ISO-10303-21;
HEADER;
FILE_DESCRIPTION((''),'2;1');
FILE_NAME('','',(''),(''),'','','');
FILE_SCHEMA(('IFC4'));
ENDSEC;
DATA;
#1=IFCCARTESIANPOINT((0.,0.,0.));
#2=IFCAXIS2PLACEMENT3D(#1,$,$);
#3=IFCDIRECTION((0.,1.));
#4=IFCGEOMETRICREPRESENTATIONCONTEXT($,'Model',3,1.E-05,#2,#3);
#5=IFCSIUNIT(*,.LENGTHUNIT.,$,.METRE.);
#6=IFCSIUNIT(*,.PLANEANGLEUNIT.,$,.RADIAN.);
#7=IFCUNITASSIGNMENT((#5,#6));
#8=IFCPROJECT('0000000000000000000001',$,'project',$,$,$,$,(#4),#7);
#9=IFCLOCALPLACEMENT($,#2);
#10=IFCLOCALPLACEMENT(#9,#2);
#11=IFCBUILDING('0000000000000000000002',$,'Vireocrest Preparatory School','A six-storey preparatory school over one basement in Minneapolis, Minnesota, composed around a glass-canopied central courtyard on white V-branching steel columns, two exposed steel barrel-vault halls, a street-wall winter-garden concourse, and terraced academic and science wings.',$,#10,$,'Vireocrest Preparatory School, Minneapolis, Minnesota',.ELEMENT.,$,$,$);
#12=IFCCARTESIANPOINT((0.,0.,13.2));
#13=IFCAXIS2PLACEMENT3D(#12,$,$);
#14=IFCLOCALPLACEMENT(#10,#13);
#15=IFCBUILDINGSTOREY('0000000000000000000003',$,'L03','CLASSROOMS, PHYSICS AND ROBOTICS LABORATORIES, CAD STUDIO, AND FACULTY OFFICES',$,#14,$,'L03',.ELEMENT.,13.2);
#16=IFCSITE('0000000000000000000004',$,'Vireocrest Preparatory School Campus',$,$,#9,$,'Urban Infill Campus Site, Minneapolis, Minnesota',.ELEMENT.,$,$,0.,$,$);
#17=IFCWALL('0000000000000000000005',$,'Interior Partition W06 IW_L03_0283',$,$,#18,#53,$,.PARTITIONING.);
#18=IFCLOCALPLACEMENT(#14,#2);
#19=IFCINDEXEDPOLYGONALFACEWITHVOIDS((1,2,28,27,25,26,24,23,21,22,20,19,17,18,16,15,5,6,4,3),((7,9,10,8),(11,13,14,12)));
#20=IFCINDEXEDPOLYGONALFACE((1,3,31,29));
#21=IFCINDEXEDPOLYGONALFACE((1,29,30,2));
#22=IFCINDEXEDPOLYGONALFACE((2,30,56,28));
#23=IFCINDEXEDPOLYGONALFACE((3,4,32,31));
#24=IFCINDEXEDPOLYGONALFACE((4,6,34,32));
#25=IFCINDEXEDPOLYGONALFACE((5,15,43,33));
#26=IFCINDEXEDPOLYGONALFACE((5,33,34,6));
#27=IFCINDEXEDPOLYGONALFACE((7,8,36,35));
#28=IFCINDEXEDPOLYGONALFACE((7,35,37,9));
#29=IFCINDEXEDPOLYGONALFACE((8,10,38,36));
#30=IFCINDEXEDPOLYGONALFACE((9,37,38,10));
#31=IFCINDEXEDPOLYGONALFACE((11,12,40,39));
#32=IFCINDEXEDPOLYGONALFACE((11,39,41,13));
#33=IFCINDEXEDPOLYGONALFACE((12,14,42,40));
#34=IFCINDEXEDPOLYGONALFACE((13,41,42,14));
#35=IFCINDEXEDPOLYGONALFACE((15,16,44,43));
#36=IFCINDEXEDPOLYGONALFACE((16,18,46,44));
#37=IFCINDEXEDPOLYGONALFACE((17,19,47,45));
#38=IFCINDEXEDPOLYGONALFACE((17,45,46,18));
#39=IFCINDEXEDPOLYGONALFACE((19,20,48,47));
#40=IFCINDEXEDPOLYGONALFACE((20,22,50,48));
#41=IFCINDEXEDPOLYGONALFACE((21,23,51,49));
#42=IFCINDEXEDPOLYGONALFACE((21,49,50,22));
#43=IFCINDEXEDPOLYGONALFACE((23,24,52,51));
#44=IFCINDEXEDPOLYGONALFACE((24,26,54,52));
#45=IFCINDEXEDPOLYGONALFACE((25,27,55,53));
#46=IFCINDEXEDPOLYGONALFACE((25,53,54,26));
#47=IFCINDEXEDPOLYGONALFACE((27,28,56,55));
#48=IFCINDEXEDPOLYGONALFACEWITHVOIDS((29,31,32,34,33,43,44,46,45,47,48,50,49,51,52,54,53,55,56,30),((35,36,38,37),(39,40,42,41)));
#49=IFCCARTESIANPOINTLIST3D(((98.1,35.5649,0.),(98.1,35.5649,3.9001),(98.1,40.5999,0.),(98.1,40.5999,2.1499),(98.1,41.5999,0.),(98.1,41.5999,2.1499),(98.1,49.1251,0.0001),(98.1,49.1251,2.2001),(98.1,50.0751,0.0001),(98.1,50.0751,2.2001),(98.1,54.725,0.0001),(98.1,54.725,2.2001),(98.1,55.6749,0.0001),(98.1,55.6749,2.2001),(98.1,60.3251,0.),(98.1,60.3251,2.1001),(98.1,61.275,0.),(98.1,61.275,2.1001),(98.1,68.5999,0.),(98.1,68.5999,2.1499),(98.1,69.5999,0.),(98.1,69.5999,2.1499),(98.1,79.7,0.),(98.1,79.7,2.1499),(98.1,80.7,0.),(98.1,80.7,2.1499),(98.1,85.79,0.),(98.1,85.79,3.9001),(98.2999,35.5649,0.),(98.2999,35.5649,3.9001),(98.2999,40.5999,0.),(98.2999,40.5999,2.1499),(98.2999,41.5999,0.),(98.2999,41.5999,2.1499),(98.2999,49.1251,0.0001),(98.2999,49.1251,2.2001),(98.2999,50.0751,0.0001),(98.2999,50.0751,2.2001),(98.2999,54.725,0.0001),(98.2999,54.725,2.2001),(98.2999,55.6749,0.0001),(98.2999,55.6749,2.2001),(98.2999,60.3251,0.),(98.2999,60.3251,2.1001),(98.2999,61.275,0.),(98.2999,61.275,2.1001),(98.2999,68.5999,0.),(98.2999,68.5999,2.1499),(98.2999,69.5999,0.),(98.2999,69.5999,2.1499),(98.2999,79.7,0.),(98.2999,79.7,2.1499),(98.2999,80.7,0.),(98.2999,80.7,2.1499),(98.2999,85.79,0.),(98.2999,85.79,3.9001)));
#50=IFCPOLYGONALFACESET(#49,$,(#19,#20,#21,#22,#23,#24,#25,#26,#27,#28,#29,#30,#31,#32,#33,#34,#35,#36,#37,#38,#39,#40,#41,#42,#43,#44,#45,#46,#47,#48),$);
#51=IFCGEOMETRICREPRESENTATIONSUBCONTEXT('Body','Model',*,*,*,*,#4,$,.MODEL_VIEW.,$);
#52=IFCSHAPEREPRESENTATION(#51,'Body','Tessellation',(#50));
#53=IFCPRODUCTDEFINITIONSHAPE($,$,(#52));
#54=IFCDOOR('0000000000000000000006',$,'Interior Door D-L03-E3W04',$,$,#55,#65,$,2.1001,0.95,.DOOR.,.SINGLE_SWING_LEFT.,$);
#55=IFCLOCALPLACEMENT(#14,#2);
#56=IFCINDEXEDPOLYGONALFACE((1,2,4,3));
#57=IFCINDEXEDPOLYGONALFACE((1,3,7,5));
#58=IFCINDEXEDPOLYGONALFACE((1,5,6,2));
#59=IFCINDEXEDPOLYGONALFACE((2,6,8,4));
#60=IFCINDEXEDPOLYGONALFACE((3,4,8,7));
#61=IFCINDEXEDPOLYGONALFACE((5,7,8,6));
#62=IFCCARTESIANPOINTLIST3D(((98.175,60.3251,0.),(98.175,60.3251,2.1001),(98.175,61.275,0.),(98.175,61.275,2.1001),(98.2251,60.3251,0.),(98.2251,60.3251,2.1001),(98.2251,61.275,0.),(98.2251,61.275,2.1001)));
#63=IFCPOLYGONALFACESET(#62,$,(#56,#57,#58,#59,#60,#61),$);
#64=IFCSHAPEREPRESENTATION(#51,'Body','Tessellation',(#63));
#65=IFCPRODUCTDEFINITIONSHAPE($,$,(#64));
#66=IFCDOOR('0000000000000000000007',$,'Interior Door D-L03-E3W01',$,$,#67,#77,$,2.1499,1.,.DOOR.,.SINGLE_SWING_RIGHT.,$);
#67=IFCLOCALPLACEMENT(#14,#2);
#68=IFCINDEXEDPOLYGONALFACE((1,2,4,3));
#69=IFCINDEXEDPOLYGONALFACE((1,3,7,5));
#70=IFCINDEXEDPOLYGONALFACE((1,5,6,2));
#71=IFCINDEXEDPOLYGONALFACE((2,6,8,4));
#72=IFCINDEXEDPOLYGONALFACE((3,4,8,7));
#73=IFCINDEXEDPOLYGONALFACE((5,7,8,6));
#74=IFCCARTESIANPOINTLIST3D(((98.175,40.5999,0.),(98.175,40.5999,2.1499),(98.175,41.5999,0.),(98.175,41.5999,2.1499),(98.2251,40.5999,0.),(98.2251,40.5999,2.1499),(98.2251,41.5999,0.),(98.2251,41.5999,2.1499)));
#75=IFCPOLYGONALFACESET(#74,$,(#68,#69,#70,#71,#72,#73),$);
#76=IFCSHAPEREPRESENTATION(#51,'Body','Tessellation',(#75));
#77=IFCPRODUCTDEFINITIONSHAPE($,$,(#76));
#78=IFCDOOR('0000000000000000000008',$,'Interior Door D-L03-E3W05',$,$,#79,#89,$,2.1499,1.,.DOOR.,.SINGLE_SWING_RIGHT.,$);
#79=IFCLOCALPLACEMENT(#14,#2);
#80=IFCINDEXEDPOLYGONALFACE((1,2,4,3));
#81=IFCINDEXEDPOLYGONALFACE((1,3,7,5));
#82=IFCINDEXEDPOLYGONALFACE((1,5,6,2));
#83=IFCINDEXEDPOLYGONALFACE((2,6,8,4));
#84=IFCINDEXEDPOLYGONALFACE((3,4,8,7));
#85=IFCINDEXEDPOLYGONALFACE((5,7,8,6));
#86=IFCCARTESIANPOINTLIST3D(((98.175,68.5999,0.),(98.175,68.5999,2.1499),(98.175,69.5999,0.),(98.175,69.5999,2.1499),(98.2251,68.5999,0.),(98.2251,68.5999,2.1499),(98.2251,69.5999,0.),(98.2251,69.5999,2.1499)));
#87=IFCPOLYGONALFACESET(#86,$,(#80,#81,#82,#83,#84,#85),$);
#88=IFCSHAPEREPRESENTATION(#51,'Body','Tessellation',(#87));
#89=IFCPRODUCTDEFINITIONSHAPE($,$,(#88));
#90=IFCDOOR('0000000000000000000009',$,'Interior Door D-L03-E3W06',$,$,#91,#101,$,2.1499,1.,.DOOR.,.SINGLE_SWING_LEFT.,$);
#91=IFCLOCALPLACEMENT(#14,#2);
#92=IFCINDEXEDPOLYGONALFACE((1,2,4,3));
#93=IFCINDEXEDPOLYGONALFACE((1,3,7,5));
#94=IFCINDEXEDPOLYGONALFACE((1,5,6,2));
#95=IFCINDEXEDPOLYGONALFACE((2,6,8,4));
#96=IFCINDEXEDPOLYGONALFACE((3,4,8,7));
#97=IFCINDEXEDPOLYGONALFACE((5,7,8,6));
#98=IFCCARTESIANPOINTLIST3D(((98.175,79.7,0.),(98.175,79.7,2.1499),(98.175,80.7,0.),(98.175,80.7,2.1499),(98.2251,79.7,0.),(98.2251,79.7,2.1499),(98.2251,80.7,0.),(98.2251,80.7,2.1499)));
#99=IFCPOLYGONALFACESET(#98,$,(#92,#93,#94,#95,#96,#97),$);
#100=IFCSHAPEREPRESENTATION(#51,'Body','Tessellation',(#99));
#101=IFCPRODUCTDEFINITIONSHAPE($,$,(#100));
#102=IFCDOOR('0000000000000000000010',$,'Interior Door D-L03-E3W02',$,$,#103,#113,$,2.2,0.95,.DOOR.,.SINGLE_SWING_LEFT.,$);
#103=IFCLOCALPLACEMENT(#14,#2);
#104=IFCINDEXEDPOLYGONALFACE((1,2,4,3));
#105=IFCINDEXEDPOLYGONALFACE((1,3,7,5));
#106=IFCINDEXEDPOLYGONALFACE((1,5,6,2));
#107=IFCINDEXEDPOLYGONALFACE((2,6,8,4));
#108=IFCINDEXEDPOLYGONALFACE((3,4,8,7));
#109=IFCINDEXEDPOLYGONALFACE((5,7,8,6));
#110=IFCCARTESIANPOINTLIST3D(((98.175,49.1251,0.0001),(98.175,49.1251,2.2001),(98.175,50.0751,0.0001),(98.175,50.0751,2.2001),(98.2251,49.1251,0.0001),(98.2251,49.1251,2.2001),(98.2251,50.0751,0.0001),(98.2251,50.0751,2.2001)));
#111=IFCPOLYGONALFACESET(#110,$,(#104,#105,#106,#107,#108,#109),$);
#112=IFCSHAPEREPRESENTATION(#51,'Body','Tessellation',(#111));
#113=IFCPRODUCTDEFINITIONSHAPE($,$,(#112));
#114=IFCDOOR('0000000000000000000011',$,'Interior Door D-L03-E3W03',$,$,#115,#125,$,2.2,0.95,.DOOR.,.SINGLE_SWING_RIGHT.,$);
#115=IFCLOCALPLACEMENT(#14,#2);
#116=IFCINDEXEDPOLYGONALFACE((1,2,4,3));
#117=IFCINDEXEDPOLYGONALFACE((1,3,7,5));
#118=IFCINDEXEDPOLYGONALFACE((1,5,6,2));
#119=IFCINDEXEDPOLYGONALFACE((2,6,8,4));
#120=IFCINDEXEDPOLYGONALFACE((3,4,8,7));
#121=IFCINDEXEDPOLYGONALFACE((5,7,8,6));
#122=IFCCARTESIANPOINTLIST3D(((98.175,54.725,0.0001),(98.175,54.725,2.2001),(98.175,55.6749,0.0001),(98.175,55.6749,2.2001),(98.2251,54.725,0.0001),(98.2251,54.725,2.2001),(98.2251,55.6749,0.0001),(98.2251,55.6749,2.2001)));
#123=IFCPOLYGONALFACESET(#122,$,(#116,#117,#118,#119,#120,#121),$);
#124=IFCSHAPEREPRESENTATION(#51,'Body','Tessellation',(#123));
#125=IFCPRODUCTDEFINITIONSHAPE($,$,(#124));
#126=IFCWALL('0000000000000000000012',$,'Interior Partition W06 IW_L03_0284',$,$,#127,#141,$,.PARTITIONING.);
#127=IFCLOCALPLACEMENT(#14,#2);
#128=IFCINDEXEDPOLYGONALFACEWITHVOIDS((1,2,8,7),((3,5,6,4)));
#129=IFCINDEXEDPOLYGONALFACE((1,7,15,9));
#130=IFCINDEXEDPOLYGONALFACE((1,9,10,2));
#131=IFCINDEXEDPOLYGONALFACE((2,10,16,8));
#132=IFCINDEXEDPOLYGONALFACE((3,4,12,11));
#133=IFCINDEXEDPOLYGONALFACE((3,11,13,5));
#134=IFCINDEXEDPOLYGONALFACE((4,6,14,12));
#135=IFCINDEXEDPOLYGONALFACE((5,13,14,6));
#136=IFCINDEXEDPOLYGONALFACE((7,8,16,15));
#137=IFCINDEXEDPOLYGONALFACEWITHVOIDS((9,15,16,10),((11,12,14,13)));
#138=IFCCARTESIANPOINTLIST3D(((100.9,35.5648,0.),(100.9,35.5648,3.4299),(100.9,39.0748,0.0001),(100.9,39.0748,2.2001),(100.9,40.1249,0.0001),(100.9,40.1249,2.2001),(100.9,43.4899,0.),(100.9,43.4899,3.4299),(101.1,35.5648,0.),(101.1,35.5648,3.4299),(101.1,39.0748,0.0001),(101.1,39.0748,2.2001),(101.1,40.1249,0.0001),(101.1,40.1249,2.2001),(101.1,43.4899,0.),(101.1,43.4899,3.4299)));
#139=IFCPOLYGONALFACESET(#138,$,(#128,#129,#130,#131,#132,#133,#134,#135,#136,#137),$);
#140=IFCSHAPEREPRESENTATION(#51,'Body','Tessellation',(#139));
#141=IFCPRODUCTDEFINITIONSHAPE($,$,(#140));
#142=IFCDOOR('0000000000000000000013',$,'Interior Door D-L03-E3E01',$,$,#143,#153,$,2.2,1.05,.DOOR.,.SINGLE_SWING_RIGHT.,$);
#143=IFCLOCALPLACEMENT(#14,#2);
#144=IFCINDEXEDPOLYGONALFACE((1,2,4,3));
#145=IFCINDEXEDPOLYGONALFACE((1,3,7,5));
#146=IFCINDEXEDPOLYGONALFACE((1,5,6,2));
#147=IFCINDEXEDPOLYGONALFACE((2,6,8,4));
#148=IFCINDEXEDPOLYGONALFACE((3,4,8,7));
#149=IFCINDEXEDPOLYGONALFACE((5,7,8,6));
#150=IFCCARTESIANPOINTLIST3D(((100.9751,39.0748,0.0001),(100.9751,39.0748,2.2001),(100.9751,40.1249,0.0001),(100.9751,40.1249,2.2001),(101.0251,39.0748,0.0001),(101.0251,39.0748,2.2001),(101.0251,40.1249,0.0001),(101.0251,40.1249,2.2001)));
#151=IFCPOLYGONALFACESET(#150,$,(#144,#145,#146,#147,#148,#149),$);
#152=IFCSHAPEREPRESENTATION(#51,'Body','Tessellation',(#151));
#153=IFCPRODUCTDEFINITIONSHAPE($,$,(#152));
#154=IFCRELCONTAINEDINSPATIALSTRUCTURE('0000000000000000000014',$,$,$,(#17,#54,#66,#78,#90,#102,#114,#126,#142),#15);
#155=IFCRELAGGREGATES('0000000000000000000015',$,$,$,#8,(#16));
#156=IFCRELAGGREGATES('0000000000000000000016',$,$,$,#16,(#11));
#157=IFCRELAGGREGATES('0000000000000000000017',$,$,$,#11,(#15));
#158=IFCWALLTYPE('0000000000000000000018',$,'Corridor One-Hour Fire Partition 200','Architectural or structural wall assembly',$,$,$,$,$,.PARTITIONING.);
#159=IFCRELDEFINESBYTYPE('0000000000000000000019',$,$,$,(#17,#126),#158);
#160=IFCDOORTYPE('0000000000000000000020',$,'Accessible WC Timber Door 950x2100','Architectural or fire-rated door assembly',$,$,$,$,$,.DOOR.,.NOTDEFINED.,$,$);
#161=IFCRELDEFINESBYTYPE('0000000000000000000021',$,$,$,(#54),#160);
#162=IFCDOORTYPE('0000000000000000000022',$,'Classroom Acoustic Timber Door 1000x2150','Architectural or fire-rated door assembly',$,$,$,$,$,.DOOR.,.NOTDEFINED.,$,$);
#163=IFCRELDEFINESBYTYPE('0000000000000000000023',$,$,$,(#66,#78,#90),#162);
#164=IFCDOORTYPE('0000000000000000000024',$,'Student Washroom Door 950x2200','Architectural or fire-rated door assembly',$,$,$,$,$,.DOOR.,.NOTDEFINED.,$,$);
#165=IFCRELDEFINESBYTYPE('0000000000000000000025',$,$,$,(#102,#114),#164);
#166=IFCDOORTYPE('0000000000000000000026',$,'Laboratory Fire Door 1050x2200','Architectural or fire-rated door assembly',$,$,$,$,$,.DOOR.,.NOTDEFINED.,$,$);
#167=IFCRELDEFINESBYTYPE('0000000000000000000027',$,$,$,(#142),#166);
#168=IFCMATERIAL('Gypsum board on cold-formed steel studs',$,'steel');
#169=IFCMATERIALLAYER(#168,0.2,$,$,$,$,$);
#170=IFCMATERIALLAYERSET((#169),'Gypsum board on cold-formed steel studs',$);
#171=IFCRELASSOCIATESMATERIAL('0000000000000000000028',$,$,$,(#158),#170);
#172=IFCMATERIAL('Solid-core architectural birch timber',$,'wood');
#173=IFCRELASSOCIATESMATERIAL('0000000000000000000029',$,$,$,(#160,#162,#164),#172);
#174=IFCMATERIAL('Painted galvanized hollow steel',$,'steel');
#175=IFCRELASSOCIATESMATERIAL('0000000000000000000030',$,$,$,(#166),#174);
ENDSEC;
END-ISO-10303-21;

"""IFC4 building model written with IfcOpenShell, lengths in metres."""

from ifc_helpers import new_model, si_unit, direction, frame, frame_2d, origin, place, context, subcontext, project, spatial, rectangle, extrude, material, layer, layer_set, type_object, element, fill, save


model = new_model("IFC4")

# Units and contexts
model_context = context("Model", 3, precision=1e-05, world=origin(), true_north=direction((0.0, 1.0)))
body_context = subcontext(model_context, "Body", "Model", "MODEL_VIEW")
ifc_project = project(units=[si_unit("LENGTHUNIT", "METRE"), si_unit("PLANEANGLEUNIT", "RADIAN")], contexts=[model_context])

# Site, building, storey
site_placement = place(None, origin())
site = spatial("IfcSite", under=ifc_project, at=site_placement, Name="Vireocrest Preparatory School Campus", LongName="Urban Infill Campus Site, Minneapolis, Minnesota", CompositionType="ELEMENT", RefElevation=0.0)
building_placement = place(site_placement, origin())
building = spatial("IfcBuilding", under=site, at=building_placement, Name="Vireocrest Preparatory School", Description="A six-storey preparatory school over one basement in Minneapolis, Minnesota, composed around a glass-canopied central courtyard on white V-branching steel columns, two exposed steel barrel-vault halls, a street-wall winter-garden concourse, and terraced academic and science wings.", LongName="Vireocrest Preparatory School, Minneapolis, Minnesota", CompositionType="ELEMENT")
storey_placement = place(building_placement, frame((0.0, 0.0, 13.2)))
storey = spatial("IfcBuildingStorey", under=building, at=storey_placement, Name="L03", Description="CLASSROOMS, PHYSICS AND ROBOTICS LABORATORIES, CAD STUDIO, AND FACULTY OFFICES", LongName="L03", CompositionType="ELEMENT", Elevation=13.2)

# Wall, openings, doors
ifc_material_1 = material(Name="Gypsum board on cold-formed steel studs", Category="steel")
ifc_layer_1 = layer(ifc_material_1, 0.2)
ifc_layer_set_1 = layer_set([ifc_layer_1], Name="Gypsum board on cold-formed steel studs")
wall_type_1 = type_object("IfcWallType", Name="Corridor One-Hour Fire Partition 200", Description="Architectural or structural wall assembly", PredefinedType="PARTITIONING", material=ifc_layer_set_1)
wall_1_placement = place(storey_placement, frame((98.2, 35.5649, 0.0), z_axis=(0.0, 0.0, 1.0), x_axis=(0.0, 1.0, 0.0)))
wall_1 = element("IfcWall", 1, at=wall_1_placement, inside=storey, type_object=wall_type_1, Name="Interior Partition W06 IW_L03_0283", PredefinedType="PARTITIONING", context=body_context, shape_type="SweptSolid", body=[
    extrude(rectangle(XDim=50.2251, YDim=0.2, at=frame_2d((25.1125, 0.0))), origin(), (0.0, 0.0, 1.0), 3.9001),
])
opening_1_placement = place(wall_1_placement, frame((5.0349, 0.0, 0.0)))
opening_1 = element("IfcOpeningElement", 2, at=opening_1_placement, cuts=wall_1, PredefinedType="OPENING", context=body_context, shape_type="SweptSolid", body=[
    extrude(rectangle(XDim=1.0, YDim=2.1499, at=frame_2d((0.5, 1.075))), frame((0.0, 0.1099, 0.0), z_axis=(0.0, -1.0, 0.0), x_axis=(1.0, 0.0, 0.0)), (0.0, 0.0, 1.0), 0.22),
])
opening_2_placement = place(wall_1_placement, frame((13.5601, 0.0, 0.0)))
opening_2 = element("IfcOpeningElement", 3, at=opening_2_placement, cuts=wall_1, PredefinedType="OPENING", context=body_context, shape_type="SweptSolid", body=[
    extrude(rectangle(XDim=0.95, YDim=2.2, at=frame_2d((0.4751, 1.1001))), frame((0.0, 0.1099, 0.0), z_axis=(0.0, -1.0, 0.0), x_axis=(1.0, 0.0, 0.0)), (0.0, 0.0, 1.0), 0.22),
])
opening_3_placement = place(wall_1_placement, frame((19.1599, 0.0, 0.0)))
opening_3 = element("IfcOpeningElement", 4, at=opening_3_placement, cuts=wall_1, PredefinedType="OPENING", context=body_context, shape_type="SweptSolid", body=[
    extrude(rectangle(XDim=0.95, YDim=2.2, at=frame_2d((0.4751, 1.1001))), frame((0.0, 0.1099, 0.0), z_axis=(0.0, -1.0, 0.0), x_axis=(1.0, 0.0, 0.0)), (0.0, 0.0, 1.0), 0.22),
])
opening_4_placement = place(wall_1_placement, frame((24.76, 0.0, 0.0)))
opening_4 = element("IfcOpeningElement", 5, at=opening_4_placement, cuts=wall_1, PredefinedType="OPENING", context=body_context, shape_type="SweptSolid", body=[
    extrude(rectangle(XDim=0.95, YDim=2.1001, at=frame_2d((0.4751, 1.05))), frame((0.0, 0.1099, 0.0), z_axis=(0.0, -1.0, 0.0), x_axis=(1.0, 0.0, 0.0)), (0.0, 0.0, 1.0), 0.22),
])
opening_5_placement = place(wall_1_placement, frame((33.0349, 0.0, 0.0)))
opening_5 = element("IfcOpeningElement", 6, at=opening_5_placement, cuts=wall_1, PredefinedType="OPENING", context=body_context, shape_type="SweptSolid", body=[
    extrude(rectangle(XDim=1.0, YDim=2.1499, at=frame_2d((0.5, 1.075))), frame((0.0, 0.1099, 0.0), z_axis=(0.0, -1.0, 0.0), x_axis=(1.0, 0.0, 0.0)), (0.0, 0.0, 1.0), 0.22),
])
opening_6_placement = place(wall_1_placement, frame((44.135, 0.0, 0.0)))
opening_6 = element("IfcOpeningElement", 7, at=opening_6_placement, cuts=wall_1, PredefinedType="OPENING", context=body_context, shape_type="SweptSolid", body=[
    extrude(rectangle(XDim=1.0, YDim=2.1499, at=frame_2d((0.5, 1.075))), frame((0.0, 0.1099, 0.0), z_axis=(0.0, -1.0, 0.0), x_axis=(1.0, 0.0, 0.0)), (0.0, 0.0, 1.0), 0.22),
])
ifc_material_2 = material(Name="Solid-core architectural birch timber", Category="wood")
door_type_1 = type_object("IfcDoorType", Name="Accessible WC Timber Door 950x2100", Description="Architectural or fire-rated door assembly", OperationType="NOTDEFINED", PredefinedType="DOOR", material=ifc_material_2)
door_1_placement = place(opening_4_placement, origin())
door_1 = element("IfcDoor", 8, at=door_1_placement, inside=storey, type_object=door_type_1, Name="Interior Door D-L03-E3W04", OperationType="SINGLE_SWING_LEFT", OverallHeight=2.1001, OverallWidth=0.95, PredefinedType="DOOR", context=body_context, shape_type="SweptSolid", body=[
    extrude(rectangle(XDim=0.95, YDim=2.1001, at=frame_2d((0.4751, 1.05))), frame((0.0, 0.0249, 0.0), z_axis=(0.0, -1.0, 0.0), x_axis=(1.0, 0.0, 0.0)), (0.0, 0.0, 1.0), 0.05),
])
fill(opening_4, door_1)
door_type_2 = type_object("IfcDoorType", Name="Classroom Acoustic Timber Door 1000x2150", Description="Architectural or fire-rated door assembly", OperationType="NOTDEFINED", PredefinedType="DOOR", material=ifc_material_2)
door_2_placement = place(opening_1_placement, origin())
door_2 = element("IfcDoor", 9, at=door_2_placement, inside=storey, type_object=door_type_2, Name="Interior Door D-L03-E3W01", OperationType="SINGLE_SWING_RIGHT", OverallHeight=2.1499, OverallWidth=1.0, PredefinedType="DOOR", context=body_context, shape_type="SweptSolid", body=[
    extrude(rectangle(XDim=1.0, YDim=2.1499, at=frame_2d((0.5, 1.075))), frame((0.0, 0.0249, 0.0), z_axis=(0.0, -1.0, 0.0), x_axis=(1.0, 0.0, 0.0)), (0.0, 0.0, 1.0), 0.05),
])
fill(opening_1, door_2)
door_3_placement = place(opening_5_placement, origin())
door_3 = element("IfcDoor", 10, at=door_3_placement, inside=storey, type_object=door_type_2, Name="Interior Door D-L03-E3W05", OperationType="SINGLE_SWING_RIGHT", OverallHeight=2.1499, OverallWidth=1.0, PredefinedType="DOOR", context=body_context, shape_type="SweptSolid", body=[
    extrude(rectangle(XDim=1.0, YDim=2.1499, at=frame_2d((0.5, 1.075))), frame((0.0, 0.0249, 0.0), z_axis=(0.0, -1.0, 0.0), x_axis=(1.0, 0.0, 0.0)), (0.0, 0.0, 1.0), 0.05),
])
fill(opening_5, door_3)
door_4_placement = place(opening_6_placement, origin())
door_4 = element("IfcDoor", 11, at=door_4_placement, inside=storey, type_object=door_type_2, Name="Interior Door D-L03-E3W06", OperationType="SINGLE_SWING_LEFT", OverallHeight=2.1499, OverallWidth=1.0, PredefinedType="DOOR", context=body_context, shape_type="SweptSolid", body=[
    extrude(rectangle(XDim=1.0, YDim=2.1499, at=frame_2d((0.5, 1.075))), frame((0.0, 0.0249, 0.0), z_axis=(0.0, -1.0, 0.0), x_axis=(1.0, 0.0, 0.0)), (0.0, 0.0, 1.0), 0.05),
])
fill(opening_6, door_4)
door_type_3 = type_object("IfcDoorType", Name="Student Washroom Door 950x2200", Description="Architectural or fire-rated door assembly", OperationType="NOTDEFINED", PredefinedType="DOOR", material=ifc_material_2)
door_5_placement = place(opening_2_placement, origin())
door_5 = element("IfcDoor", 12, at=door_5_placement, inside=storey, type_object=door_type_3, Name="Interior Door D-L03-E3W02", OperationType="SINGLE_SWING_LEFT", OverallHeight=2.2, OverallWidth=0.95, PredefinedType="DOOR", context=body_context, shape_type="SweptSolid", body=[
    extrude(rectangle(XDim=0.95, YDim=2.2, at=frame_2d((0.4751, 1.1001))), frame((0.0, 0.0249, 0.0), z_axis=(0.0, -1.0, 0.0), x_axis=(1.0, 0.0, 0.0)), (0.0, 0.0, 1.0), 0.05),
])
fill(opening_2, door_5)
door_6_placement = place(opening_3_placement, origin())
door_6 = element("IfcDoor", 13, at=door_6_placement, inside=storey, type_object=door_type_3, Name="Interior Door D-L03-E3W03", OperationType="SINGLE_SWING_RIGHT", OverallHeight=2.2, OverallWidth=0.95, PredefinedType="DOOR", context=body_context, shape_type="SweptSolid", body=[
    extrude(rectangle(XDim=0.95, YDim=2.2, at=frame_2d((0.4751, 1.1001))), frame((0.0, 0.0249, 0.0), z_axis=(0.0, -1.0, 0.0), x_axis=(1.0, 0.0, 0.0)), (0.0, 0.0, 1.0), 0.05),
])
fill(opening_3, door_6)

# Wall, opening, door
wall_2_placement = place(storey_placement, frame((101.0, 35.5649, 0.0), z_axis=(0.0, 0.0, 1.0), x_axis=(0.0, 1.0, 0.0)))
wall_2 = element("IfcWall", 14, at=wall_2_placement, inside=storey, type_object=wall_type_1, Name="Interior Partition W06 IW_L03_0284", PredefinedType="PARTITIONING", context=body_context, shape_type="SweptSolid", body=[
    extrude(rectangle(XDim=7.925, YDim=0.2, at=frame_2d((3.9624, 0.0))), origin(), (0.0, 0.0, 1.0), 3.4299),
])
opening_7_placement = place(wall_2_placement, frame((3.51, 0.0, 0.0)))
opening_7 = element("IfcOpeningElement", 15, at=opening_7_placement, cuts=wall_2, PredefinedType="OPENING", context=body_context, shape_type="SweptSolid", body=[
    extrude(rectangle(XDim=1.05, YDim=2.2, at=frame_2d((0.5249, 1.1001))), frame((0.0, 0.1099, 0.0), z_axis=(0.0, -1.0, 0.0), x_axis=(1.0, 0.0, 0.0)), (0.0, 0.0, 1.0), 0.22),
])
ifc_material_3 = material(Name="Painted galvanized hollow steel", Category="steel")
door_type_4 = type_object("IfcDoorType", Name="Laboratory Fire Door 1050x2200", Description="Architectural or fire-rated door assembly", OperationType="NOTDEFINED", PredefinedType="DOOR", material=ifc_material_3)
door_7_placement = place(opening_7_placement, origin())
door_7 = element("IfcDoor", 16, at=door_7_placement, inside=storey, type_object=door_type_4, Name="Interior Door D-L03-E3E01", OperationType="SINGLE_SWING_RIGHT", OverallHeight=2.2, OverallWidth=1.05, PredefinedType="DOOR", context=body_context, shape_type="SweptSolid", body=[
    extrude(rectangle(XDim=1.05, YDim=2.2, at=frame_2d((0.5249, 1.1001))), frame((0.0, 0.0249, 0.0), z_axis=(0.0, -1.0, 0.0), x_axis=(1.0, 0.0, 0.0)), (0.0, 0.0, 1.0), 0.05),
])
fill(opening_7, door_7)

save(model, "model.ifc")
